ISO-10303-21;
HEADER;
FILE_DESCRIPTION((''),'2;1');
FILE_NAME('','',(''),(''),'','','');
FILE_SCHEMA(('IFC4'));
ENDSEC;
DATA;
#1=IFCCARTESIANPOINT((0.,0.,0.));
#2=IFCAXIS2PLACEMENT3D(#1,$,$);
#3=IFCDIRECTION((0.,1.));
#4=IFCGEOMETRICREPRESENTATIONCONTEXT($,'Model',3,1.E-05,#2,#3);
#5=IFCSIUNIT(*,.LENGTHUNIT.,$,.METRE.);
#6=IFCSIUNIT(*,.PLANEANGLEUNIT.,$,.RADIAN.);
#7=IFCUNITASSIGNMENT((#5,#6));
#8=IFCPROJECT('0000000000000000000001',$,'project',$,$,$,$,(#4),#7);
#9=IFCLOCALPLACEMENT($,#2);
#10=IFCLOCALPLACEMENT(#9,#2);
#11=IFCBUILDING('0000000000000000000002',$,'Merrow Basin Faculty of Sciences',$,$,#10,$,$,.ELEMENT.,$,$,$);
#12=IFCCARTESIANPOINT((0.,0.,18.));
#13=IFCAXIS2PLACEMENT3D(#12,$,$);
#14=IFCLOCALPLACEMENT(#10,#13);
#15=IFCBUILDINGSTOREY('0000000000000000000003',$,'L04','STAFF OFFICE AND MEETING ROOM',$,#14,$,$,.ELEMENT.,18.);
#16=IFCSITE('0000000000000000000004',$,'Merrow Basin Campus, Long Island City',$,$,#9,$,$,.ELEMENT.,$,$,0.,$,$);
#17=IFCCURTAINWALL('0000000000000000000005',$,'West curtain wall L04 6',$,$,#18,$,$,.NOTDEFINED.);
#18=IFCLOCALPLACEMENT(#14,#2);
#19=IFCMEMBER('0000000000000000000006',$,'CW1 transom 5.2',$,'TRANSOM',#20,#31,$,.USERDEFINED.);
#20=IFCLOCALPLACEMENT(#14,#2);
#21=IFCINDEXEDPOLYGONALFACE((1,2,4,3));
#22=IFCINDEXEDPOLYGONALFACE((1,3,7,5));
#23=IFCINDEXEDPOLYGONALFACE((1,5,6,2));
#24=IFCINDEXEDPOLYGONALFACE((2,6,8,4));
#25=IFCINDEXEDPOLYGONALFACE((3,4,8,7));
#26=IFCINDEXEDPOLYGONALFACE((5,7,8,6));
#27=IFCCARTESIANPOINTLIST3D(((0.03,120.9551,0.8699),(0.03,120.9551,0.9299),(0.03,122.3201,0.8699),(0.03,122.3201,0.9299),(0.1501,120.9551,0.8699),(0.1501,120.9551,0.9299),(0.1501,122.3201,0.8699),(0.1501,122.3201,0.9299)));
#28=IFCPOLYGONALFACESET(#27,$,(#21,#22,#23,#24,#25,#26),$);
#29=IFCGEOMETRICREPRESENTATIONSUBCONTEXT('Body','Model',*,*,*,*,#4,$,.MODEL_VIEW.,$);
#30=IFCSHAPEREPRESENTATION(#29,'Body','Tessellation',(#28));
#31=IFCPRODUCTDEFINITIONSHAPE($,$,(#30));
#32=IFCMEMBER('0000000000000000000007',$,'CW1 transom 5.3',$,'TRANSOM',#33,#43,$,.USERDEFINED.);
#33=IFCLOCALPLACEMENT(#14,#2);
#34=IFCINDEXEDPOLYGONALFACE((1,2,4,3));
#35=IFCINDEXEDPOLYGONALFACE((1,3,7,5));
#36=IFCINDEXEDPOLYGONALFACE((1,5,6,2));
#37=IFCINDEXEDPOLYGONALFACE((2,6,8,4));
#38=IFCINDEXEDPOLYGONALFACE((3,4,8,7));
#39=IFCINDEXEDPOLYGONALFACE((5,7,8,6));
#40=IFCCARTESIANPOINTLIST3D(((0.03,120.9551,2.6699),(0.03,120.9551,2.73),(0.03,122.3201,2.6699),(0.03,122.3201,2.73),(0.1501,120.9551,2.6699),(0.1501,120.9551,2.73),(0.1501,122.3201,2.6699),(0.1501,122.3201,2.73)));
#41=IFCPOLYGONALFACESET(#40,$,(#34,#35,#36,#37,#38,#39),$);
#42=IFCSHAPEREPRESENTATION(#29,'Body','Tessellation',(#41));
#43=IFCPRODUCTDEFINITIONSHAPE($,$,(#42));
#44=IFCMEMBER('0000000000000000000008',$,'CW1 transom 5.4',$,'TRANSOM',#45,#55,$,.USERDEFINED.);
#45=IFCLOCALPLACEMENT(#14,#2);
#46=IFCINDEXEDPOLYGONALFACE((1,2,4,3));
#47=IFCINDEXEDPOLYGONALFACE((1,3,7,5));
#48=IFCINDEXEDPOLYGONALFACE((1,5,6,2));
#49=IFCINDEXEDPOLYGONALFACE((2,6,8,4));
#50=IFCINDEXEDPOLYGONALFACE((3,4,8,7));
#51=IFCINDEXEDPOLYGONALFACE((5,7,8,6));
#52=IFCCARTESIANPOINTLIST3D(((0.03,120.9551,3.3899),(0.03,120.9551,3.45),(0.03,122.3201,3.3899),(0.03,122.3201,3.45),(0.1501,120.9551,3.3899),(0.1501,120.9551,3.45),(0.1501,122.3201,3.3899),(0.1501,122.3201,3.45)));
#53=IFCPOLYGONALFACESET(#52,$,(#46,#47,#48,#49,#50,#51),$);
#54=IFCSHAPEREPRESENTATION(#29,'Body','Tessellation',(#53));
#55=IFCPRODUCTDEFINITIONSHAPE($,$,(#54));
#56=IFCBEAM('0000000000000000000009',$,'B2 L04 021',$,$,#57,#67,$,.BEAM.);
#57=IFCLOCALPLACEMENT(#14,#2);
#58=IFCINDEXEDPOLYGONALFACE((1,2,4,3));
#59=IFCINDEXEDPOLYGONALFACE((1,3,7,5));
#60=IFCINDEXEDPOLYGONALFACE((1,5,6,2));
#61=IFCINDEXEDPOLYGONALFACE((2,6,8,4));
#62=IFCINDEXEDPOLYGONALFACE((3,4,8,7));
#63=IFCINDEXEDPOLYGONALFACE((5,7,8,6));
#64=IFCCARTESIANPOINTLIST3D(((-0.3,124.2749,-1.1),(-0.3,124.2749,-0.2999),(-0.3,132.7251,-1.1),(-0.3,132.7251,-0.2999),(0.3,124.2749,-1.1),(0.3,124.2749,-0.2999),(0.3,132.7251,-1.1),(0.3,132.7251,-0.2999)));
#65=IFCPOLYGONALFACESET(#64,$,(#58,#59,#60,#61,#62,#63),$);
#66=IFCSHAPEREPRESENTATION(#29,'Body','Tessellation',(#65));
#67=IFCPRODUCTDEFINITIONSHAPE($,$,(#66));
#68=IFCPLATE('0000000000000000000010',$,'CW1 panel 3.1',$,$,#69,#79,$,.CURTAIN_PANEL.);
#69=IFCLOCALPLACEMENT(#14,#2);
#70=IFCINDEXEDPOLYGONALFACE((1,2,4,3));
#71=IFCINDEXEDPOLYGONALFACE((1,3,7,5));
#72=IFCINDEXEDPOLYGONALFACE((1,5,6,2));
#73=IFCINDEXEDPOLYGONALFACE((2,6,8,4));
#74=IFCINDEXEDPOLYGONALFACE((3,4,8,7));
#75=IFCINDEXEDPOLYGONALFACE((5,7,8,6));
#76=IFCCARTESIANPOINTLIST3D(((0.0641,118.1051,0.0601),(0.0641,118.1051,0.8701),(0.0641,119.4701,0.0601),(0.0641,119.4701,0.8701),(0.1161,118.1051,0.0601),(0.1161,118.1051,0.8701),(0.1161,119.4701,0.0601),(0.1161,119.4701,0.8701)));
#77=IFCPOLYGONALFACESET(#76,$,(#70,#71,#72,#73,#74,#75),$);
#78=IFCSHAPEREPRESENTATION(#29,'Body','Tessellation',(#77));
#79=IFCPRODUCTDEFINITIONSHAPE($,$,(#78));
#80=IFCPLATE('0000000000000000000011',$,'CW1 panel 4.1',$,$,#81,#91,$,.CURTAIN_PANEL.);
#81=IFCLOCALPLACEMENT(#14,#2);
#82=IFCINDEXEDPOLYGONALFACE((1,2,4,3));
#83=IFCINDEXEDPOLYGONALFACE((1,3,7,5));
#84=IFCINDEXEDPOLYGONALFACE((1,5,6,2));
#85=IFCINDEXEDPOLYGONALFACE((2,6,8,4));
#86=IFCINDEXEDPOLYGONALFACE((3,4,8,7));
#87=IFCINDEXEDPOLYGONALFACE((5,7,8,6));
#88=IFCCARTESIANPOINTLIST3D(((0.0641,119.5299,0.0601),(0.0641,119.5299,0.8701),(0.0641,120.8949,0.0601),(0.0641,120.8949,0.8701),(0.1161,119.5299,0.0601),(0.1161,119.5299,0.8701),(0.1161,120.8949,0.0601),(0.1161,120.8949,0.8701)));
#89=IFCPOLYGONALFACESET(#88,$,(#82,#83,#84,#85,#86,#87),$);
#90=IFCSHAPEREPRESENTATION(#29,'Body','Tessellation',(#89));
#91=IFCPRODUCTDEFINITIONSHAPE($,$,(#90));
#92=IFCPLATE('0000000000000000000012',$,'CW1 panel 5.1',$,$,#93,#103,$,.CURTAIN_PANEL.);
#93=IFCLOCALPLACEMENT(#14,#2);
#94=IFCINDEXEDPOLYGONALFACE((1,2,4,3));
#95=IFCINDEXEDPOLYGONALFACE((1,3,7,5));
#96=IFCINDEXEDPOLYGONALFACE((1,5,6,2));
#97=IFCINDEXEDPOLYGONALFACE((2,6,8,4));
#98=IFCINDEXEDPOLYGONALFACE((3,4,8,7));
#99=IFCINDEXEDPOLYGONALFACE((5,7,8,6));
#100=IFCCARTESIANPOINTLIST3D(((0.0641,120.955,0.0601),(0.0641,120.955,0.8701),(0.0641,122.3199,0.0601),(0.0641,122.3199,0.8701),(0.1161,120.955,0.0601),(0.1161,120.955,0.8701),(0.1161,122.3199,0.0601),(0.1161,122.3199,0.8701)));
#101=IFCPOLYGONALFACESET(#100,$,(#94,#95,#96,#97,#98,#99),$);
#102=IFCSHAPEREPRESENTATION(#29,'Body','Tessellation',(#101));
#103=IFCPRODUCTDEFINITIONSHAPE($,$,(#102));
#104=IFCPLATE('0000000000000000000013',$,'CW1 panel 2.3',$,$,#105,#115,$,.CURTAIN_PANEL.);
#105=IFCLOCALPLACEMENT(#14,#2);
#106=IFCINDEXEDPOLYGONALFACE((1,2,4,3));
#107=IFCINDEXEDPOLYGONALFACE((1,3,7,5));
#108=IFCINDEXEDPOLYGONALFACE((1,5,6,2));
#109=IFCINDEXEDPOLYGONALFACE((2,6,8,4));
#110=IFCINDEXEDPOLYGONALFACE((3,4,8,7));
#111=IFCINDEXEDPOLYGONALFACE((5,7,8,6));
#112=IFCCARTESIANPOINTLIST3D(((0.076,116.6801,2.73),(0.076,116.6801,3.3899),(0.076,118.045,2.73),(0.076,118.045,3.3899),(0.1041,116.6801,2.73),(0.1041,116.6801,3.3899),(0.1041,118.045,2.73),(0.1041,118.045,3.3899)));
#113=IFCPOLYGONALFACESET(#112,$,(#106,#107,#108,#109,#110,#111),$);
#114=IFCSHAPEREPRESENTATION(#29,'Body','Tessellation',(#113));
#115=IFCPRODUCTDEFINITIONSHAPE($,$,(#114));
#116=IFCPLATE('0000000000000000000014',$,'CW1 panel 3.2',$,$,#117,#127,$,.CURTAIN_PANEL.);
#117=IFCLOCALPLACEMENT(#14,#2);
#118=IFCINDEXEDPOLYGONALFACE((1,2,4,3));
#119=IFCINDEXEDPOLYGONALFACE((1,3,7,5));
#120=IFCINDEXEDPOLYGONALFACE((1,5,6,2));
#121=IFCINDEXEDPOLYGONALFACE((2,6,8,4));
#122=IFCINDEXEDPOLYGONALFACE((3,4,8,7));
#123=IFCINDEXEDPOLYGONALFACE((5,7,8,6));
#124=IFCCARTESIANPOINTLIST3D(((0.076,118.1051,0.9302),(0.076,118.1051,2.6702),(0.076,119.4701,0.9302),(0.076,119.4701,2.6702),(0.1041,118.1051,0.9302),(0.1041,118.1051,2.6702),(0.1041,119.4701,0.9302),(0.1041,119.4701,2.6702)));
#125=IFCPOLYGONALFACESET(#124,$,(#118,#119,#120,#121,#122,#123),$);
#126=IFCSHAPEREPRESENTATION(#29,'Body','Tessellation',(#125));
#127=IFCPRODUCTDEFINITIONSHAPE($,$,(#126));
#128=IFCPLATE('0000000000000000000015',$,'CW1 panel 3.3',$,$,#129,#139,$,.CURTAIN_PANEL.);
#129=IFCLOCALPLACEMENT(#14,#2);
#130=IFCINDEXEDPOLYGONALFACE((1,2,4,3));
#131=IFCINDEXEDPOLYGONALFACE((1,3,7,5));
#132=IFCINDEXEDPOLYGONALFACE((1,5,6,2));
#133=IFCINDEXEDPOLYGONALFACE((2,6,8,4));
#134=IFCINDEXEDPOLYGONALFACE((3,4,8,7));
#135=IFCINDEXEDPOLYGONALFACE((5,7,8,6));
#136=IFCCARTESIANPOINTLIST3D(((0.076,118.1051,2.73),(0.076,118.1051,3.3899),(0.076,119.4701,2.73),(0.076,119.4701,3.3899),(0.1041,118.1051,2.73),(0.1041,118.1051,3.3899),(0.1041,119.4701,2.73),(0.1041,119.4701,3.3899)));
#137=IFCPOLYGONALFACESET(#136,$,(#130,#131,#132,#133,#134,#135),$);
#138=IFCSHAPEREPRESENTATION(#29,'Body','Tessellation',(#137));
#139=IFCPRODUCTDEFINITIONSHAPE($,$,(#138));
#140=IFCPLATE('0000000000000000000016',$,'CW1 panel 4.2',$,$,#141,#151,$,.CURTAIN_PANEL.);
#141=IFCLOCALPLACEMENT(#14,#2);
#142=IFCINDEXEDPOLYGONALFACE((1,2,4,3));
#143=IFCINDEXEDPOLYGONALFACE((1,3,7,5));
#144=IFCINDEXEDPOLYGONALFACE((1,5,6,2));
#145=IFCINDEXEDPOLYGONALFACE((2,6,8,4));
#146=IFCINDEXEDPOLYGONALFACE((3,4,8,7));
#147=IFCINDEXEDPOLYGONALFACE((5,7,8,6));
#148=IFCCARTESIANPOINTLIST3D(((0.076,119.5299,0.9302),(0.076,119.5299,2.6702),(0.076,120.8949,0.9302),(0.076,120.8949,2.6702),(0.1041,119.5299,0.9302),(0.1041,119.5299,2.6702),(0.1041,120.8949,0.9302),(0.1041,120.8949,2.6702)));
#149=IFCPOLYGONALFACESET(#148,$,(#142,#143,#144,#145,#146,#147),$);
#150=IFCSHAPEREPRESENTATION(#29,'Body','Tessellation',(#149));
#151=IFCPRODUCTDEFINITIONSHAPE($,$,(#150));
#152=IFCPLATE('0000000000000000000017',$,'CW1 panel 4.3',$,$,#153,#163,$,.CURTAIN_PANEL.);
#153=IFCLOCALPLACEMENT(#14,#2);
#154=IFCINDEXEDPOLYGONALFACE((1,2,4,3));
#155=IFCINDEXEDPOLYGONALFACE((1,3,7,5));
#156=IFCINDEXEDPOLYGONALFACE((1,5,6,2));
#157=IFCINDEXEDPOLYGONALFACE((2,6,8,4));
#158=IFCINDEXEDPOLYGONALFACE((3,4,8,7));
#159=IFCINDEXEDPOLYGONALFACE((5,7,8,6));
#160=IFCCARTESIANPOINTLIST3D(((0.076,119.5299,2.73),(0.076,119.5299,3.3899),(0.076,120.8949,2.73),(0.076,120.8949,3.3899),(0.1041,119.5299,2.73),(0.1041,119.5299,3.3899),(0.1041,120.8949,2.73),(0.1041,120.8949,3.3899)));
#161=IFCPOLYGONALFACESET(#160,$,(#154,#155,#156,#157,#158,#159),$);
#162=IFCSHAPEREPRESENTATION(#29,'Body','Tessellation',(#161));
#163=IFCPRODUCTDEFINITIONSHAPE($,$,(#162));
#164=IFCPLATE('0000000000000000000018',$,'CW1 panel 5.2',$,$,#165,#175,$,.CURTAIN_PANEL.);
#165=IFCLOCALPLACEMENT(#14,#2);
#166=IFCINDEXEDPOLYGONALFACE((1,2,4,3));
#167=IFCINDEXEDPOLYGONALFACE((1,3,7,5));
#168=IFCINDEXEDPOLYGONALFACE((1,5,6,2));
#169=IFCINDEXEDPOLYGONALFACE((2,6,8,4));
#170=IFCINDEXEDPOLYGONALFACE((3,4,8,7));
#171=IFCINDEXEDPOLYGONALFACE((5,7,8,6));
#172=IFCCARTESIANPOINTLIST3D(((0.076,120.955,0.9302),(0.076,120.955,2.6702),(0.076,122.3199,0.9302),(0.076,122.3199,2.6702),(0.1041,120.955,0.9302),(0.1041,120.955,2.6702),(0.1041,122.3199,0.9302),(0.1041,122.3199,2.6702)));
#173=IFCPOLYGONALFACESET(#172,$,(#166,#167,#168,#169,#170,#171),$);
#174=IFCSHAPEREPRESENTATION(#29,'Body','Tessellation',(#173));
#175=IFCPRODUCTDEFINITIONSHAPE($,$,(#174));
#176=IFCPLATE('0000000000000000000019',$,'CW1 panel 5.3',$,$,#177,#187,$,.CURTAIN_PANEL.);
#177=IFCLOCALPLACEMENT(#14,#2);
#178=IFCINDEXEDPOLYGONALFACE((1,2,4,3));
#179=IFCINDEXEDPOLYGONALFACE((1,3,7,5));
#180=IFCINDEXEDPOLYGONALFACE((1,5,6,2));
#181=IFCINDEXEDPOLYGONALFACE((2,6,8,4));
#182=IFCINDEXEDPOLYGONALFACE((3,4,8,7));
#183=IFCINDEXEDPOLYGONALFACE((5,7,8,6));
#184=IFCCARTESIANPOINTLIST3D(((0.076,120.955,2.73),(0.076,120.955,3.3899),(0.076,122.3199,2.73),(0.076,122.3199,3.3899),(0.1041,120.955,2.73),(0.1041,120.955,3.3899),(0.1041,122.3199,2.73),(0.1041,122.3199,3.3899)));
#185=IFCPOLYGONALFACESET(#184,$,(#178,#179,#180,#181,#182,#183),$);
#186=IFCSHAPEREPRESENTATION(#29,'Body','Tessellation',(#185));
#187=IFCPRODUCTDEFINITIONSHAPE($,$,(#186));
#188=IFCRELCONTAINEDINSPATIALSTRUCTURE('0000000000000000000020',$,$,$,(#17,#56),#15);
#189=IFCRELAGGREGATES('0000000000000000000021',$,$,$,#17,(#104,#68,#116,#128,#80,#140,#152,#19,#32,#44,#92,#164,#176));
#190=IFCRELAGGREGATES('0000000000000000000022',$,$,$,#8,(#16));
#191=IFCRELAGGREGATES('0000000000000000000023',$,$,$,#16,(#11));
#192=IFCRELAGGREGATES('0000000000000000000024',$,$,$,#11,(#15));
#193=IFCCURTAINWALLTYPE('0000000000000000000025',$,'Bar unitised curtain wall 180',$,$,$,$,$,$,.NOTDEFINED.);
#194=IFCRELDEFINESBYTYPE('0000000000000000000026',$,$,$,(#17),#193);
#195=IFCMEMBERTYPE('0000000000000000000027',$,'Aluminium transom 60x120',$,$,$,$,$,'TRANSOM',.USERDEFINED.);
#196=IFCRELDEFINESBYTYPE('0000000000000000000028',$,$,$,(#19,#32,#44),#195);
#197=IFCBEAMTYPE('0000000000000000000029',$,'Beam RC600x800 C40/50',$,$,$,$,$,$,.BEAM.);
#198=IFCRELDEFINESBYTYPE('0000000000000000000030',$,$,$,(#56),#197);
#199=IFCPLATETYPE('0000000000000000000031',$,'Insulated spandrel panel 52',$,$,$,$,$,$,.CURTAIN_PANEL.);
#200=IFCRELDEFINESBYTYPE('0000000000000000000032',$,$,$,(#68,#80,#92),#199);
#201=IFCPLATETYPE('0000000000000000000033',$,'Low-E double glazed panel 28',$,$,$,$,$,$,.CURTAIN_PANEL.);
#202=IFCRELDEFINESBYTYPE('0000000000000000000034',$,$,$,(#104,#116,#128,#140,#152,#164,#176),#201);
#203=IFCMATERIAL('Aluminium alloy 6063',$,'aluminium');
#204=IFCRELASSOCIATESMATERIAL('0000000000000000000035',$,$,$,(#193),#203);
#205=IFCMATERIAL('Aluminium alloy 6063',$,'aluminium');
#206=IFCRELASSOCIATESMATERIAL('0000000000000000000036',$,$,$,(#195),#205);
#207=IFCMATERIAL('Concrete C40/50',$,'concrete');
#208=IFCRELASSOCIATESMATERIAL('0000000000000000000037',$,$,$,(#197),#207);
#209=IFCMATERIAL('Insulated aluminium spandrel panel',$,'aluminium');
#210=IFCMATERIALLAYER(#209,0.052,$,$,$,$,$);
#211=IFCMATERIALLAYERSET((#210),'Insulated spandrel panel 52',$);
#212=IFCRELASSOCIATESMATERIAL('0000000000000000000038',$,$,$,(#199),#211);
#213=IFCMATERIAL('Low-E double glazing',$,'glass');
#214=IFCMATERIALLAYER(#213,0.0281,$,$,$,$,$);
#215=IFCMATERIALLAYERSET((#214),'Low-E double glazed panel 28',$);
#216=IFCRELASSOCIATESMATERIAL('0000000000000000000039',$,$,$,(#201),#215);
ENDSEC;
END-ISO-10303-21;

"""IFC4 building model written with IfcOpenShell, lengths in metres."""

from ifc_helpers import new_model, si_unit, direction, frame, origin, origin_2d, place, context, subcontext, project, spatial, rectangle, extrude, material, layer, layer_set, material_profile, profile_set, type_object, element, aggregate, save


model = new_model("IFC4")

# Units and contexts
model_context = context("Model", 3, precision=1e-05, world=origin(), true_north=direction((0.0, 1.0)))
body_context = subcontext(model_context, "Body", "Model", "MODEL_VIEW")
ifc_project = project(units=[si_unit("LENGTHUNIT", "METRE"), si_unit("PLANEANGLEUNIT", "RADIAN")], contexts=[model_context])

# Site, building, storey
site_placement = place(None, origin())
site = spatial("IfcSite", under=ifc_project, at=site_placement, Name="Merrow Basin Campus, Long Island City", CompositionType="ELEMENT", RefElevation=0.0)
building_placement = place(site_placement, origin())
building = spatial("IfcBuilding", under=site, at=building_placement, Name="Merrow Basin Faculty of Sciences", CompositionType="ELEMENT")
storey_placement = place(building_placement, frame((0.0, 0.0, 18.0)))
storey = spatial("IfcBuildingStorey", under=building, at=storey_placement, Name="L04", Description="STAFF OFFICE AND MEETING ROOM", CompositionType="ELEMENT", Elevation=18.0)

# Curtain wall, members
ifc_material_1 = material(Name="Aluminium alloy 6063", Category="aluminium")
curtain_wall_type = type_object("IfcCurtainWallType", Name="Bar unitised curtain wall 180", PredefinedType="NOTDEFINED", material=ifc_material_1)
curtain_wall_placement = place(storey_placement, origin())
curtain_wall = element("IfcCurtainWall", 1, at=curtain_wall_placement, inside=storey, type_object=curtain_wall_type, Name="West curtain wall L04 6", PredefinedType="NOTDEFINED")
ifc_material_2 = material(Name="Aluminium alloy 6063", Category="aluminium")
ifc_material_profile_1 = material_profile(ifc_material_2, rectangle(XDim=0.1201, YDim=0.0601, at=origin_2d()))
ifc_profile_set_1 = profile_set([ifc_material_profile_1], Name="Aluminium alloy 6063")
member_type_1 = type_object("IfcMemberType", Name="Aluminium transom 60x120", ElementType="TRANSOM", PredefinedType="USERDEFINED", material=ifc_profile_set_1)
member_1_placement = place(storey_placement, frame((0.0901, 120.9551, 0.8999), z_axis=(0.0, 1.0, 0.0), x_axis=(-1.0, 0.0, 0.0)))
member_1 = element("IfcMember", 2, at=member_1_placement, type_object=member_type_1, Name="CW1 transom 5.2", ObjectType="TRANSOM", PredefinedType="USERDEFINED", context=body_context, shape_type="SweptSolid", body=[
    extrude(rectangle(XDim=0.1201, YDim=0.0601, at=origin_2d()), origin(), (0.0, 0.0, 1.0), 1.365),
])
member_2_placement = place(storey_placement, frame((0.0901, 120.9551, 2.7), z_axis=(0.0, 1.0, 0.0), x_axis=(-1.0, 0.0, 0.0)))
member_2 = element("IfcMember", 3, at=member_2_placement, type_object=member_type_1, Name="CW1 transom 5.3", ObjectType="TRANSOM", PredefinedType="USERDEFINED", context=body_context, shape_type="SweptSolid", body=[
    extrude(rectangle(XDim=0.1201, YDim=0.0601, at=origin_2d()), origin(), (0.0, 0.0, 1.0), 1.365),
])
member_3_placement = place(storey_placement, frame((0.0901, 120.9551, 3.4199), z_axis=(0.0, 1.0, 0.0), x_axis=(-1.0, 0.0, 0.0)))
member_3 = element("IfcMember", 4, at=member_3_placement, type_object=member_type_1, Name="CW1 transom 5.4", ObjectType="TRANSOM", PredefinedType="USERDEFINED", context=body_context, shape_type="SweptSolid", body=[
    extrude(rectangle(XDim=0.1201, YDim=0.0601, at=origin_2d()), origin(), (0.0, 0.0, 1.0), 1.365),
])

# Beam
ifc_material_3 = material(Name="Concrete C40/50", Category="concrete")
ifc_material_profile_2 = material_profile(ifc_material_3, rectangle(XDim=0.6001, YDim=0.8, at=origin_2d()))
ifc_profile_set_2 = profile_set([ifc_material_profile_2], Name="Concrete C40/50")
beam_type = type_object("IfcBeamType", Name="Beam RC600x800 C40/50", PredefinedType="BEAM", material=ifc_profile_set_2)
beam_placement = place(storey_placement, frame((0.0, 124.2749, -0.7), z_axis=(0.0, 1.0, 0.0), x_axis=(-1.0, 0.0, 0.0)))
element("IfcBeam", 5, at=beam_placement, inside=storey, type_object=beam_type, Name="B2 L04 021", PredefinedType="BEAM", context=body_context, shape_type="SweptSolid", body=[
    extrude(rectangle(XDim=0.6001, YDim=0.8, at=origin_2d()), origin(), (0.0, 0.0, 1.0), 8.4502),
])

# Plates
ifc_material_4 = material(Name="Insulated aluminium spandrel panel", Category="aluminium")
ifc_layer_1 = layer(ifc_material_4, 0.052)
ifc_layer_set_1 = layer_set([ifc_layer_1], Name="Insulated spandrel panel 52")
plate_type_1 = type_object("IfcPlateType", Name="Insulated spandrel panel 52", PredefinedType="CURTAIN_PANEL", material=ifc_layer_set_1)
plate_1_placement = place(storey_placement, frame((0.0901, 118.7876, 0.0601), z_axis=(0.0, 0.0, 1.0), x_axis=(0.0, 1.0, 0.0)))
plate_1 = element("IfcPlate", 6, at=plate_1_placement, type_object=plate_type_1, Name="CW1 panel 3.1", PredefinedType="CURTAIN_PANEL", context=body_context, shape_type="SweptSolid", body=[
    extrude(rectangle(XDim=1.365, YDim=0.052, at=origin_2d()), origin(), (0.0, 0.0, 1.0), 0.8101),
])
plate_2_placement = place(storey_placement, frame((0.0901, 120.2124, 0.0601), z_axis=(0.0, 0.0, 1.0), x_axis=(0.0, 1.0, 0.0)))
plate_2 = element("IfcPlate", 7, at=plate_2_placement, type_object=plate_type_1, Name="CW1 panel 4.1", PredefinedType="CURTAIN_PANEL", context=body_context, shape_type="SweptSolid", body=[
    extrude(rectangle(XDim=1.365, YDim=0.052, at=origin_2d()), origin(), (0.0, 0.0, 1.0), 0.8101),
])
plate_3_placement = place(storey_placement, frame((0.0901, 121.6375, 0.0601), z_axis=(0.0, 0.0, 1.0), x_axis=(0.0, 1.0, 0.0)))
plate_3 = element("IfcPlate", 8, at=plate_3_placement, type_object=plate_type_1, Name="CW1 panel 5.1", PredefinedType="CURTAIN_PANEL", context=body_context, shape_type="SweptSolid", body=[
    extrude(rectangle(XDim=1.365, YDim=0.052, at=origin_2d()), origin(), (0.0, 0.0, 1.0), 0.8101),
])
ifc_material_5 = material(Name="Low-E double glazing", Category="glass")
ifc_layer_2 = layer(ifc_material_5, 0.0281)
ifc_layer_set_2 = layer_set([ifc_layer_2], Name="Low-E double glazed panel 28")
plate_type_2 = type_object("IfcPlateType", Name="Low-E double glazed panel 28", PredefinedType="CURTAIN_PANEL", material=ifc_layer_set_2)
plate_4_placement = place(storey_placement, frame((0.0901, 117.3625, 2.73), z_axis=(0.0, 0.0, 1.0), x_axis=(0.0, 1.0, 0.0)))
plate_4 = element("IfcPlate", 9, at=plate_4_placement, type_object=plate_type_2, Name="CW1 panel 2.3", PredefinedType="CURTAIN_PANEL", context=body_context, shape_type="SweptSolid", body=[
    extrude(rectangle(XDim=1.365, YDim=0.0281, at=origin_2d()), origin(), (0.0, 0.0, 1.0), 0.6599),
])
plate_5_placement = place(storey_placement, frame((0.0901, 118.7876, 0.9302), z_axis=(0.0, 0.0, 1.0), x_axis=(0.0, 1.0, 0.0)))
plate_5 = element("IfcPlate", 10, at=plate_5_placement, type_object=plate_type_2, Name="CW1 panel 3.2", PredefinedType="CURTAIN_PANEL", context=body_context, shape_type="SweptSolid", body=[
    extrude(rectangle(XDim=1.365, YDim=0.0281, at=origin_2d()), origin(), (0.0, 0.0, 1.0), 1.74),
])
plate_6_placement = place(storey_placement, frame((0.0901, 118.7876, 2.73), z_axis=(0.0, 0.0, 1.0), x_axis=(0.0, 1.0, 0.0)))
plate_6 = element("IfcPlate", 11, at=plate_6_placement, type_object=plate_type_2, Name="CW1 panel 3.3", PredefinedType="CURTAIN_PANEL", context=body_context, shape_type="SweptSolid", body=[
    extrude(rectangle(XDim=1.365, YDim=0.0281, at=origin_2d()), origin(), (0.0, 0.0, 1.0), 0.6599),
])
plate_7_placement = place(storey_placement, frame((0.0901, 120.2124, 0.9302), z_axis=(0.0, 0.0, 1.0), x_axis=(0.0, 1.0, 0.0)))
plate_7 = element("IfcPlate", 12, at=plate_7_placement, type_object=plate_type_2, Name="CW1 panel 4.2", PredefinedType="CURTAIN_PANEL", context=body_context, shape_type="SweptSolid", body=[
    extrude(rectangle(XDim=1.365, YDim=0.0281, at=origin_2d()), origin(), (0.0, 0.0, 1.0), 1.74),
])
plate_8_placement = place(storey_placement, frame((0.0901, 120.2124, 2.73), z_axis=(0.0, 0.0, 1.0), x_axis=(0.0, 1.0, 0.0)))
plate_8 = element("IfcPlate", 13, at=plate_8_placement, type_object=plate_type_2, Name="CW1 panel 4.3", PredefinedType="CURTAIN_PANEL", context=body_context, shape_type="SweptSolid", body=[
    extrude(rectangle(XDim=1.365, YDim=0.0281, at=origin_2d()), origin(), (0.0, 0.0, 1.0), 0.6599),
])
plate_9_placement = place(storey_placement, frame((0.0901, 121.6375, 0.9302), z_axis=(0.0, 0.0, 1.0), x_axis=(0.0, 1.0, 0.0)))
plate_9 = element("IfcPlate", 14, at=plate_9_placement, type_object=plate_type_2, Name="CW1 panel 5.2", PredefinedType="CURTAIN_PANEL", context=body_context, shape_type="SweptSolid", body=[
    extrude(rectangle(XDim=1.365, YDim=0.0281, at=origin_2d()), origin(), (0.0, 0.0, 1.0), 1.74),
])
plate_10_placement = place(storey_placement, frame((0.0901, 121.6375, 2.73), z_axis=(0.0, 0.0, 1.0), x_axis=(0.0, 1.0, 0.0)))
plate_10 = element("IfcPlate", 15, at=plate_10_placement, type_object=plate_type_2, Name="CW1 panel 5.3", PredefinedType="CURTAIN_PANEL", context=body_context, shape_type="SweptSolid", body=[
    extrude(rectangle(XDim=1.365, YDim=0.0281, at=origin_2d()), origin(), (0.0, 0.0, 1.0), 0.6599),
])
aggregate(curtain_wall, [plate_4, plate_1, plate_5, plate_6, plate_2, plate_7, plate_8, member_1, member_2, member_3, plate_3, plate_9, plate_10])

save(model, "model.ifc")
